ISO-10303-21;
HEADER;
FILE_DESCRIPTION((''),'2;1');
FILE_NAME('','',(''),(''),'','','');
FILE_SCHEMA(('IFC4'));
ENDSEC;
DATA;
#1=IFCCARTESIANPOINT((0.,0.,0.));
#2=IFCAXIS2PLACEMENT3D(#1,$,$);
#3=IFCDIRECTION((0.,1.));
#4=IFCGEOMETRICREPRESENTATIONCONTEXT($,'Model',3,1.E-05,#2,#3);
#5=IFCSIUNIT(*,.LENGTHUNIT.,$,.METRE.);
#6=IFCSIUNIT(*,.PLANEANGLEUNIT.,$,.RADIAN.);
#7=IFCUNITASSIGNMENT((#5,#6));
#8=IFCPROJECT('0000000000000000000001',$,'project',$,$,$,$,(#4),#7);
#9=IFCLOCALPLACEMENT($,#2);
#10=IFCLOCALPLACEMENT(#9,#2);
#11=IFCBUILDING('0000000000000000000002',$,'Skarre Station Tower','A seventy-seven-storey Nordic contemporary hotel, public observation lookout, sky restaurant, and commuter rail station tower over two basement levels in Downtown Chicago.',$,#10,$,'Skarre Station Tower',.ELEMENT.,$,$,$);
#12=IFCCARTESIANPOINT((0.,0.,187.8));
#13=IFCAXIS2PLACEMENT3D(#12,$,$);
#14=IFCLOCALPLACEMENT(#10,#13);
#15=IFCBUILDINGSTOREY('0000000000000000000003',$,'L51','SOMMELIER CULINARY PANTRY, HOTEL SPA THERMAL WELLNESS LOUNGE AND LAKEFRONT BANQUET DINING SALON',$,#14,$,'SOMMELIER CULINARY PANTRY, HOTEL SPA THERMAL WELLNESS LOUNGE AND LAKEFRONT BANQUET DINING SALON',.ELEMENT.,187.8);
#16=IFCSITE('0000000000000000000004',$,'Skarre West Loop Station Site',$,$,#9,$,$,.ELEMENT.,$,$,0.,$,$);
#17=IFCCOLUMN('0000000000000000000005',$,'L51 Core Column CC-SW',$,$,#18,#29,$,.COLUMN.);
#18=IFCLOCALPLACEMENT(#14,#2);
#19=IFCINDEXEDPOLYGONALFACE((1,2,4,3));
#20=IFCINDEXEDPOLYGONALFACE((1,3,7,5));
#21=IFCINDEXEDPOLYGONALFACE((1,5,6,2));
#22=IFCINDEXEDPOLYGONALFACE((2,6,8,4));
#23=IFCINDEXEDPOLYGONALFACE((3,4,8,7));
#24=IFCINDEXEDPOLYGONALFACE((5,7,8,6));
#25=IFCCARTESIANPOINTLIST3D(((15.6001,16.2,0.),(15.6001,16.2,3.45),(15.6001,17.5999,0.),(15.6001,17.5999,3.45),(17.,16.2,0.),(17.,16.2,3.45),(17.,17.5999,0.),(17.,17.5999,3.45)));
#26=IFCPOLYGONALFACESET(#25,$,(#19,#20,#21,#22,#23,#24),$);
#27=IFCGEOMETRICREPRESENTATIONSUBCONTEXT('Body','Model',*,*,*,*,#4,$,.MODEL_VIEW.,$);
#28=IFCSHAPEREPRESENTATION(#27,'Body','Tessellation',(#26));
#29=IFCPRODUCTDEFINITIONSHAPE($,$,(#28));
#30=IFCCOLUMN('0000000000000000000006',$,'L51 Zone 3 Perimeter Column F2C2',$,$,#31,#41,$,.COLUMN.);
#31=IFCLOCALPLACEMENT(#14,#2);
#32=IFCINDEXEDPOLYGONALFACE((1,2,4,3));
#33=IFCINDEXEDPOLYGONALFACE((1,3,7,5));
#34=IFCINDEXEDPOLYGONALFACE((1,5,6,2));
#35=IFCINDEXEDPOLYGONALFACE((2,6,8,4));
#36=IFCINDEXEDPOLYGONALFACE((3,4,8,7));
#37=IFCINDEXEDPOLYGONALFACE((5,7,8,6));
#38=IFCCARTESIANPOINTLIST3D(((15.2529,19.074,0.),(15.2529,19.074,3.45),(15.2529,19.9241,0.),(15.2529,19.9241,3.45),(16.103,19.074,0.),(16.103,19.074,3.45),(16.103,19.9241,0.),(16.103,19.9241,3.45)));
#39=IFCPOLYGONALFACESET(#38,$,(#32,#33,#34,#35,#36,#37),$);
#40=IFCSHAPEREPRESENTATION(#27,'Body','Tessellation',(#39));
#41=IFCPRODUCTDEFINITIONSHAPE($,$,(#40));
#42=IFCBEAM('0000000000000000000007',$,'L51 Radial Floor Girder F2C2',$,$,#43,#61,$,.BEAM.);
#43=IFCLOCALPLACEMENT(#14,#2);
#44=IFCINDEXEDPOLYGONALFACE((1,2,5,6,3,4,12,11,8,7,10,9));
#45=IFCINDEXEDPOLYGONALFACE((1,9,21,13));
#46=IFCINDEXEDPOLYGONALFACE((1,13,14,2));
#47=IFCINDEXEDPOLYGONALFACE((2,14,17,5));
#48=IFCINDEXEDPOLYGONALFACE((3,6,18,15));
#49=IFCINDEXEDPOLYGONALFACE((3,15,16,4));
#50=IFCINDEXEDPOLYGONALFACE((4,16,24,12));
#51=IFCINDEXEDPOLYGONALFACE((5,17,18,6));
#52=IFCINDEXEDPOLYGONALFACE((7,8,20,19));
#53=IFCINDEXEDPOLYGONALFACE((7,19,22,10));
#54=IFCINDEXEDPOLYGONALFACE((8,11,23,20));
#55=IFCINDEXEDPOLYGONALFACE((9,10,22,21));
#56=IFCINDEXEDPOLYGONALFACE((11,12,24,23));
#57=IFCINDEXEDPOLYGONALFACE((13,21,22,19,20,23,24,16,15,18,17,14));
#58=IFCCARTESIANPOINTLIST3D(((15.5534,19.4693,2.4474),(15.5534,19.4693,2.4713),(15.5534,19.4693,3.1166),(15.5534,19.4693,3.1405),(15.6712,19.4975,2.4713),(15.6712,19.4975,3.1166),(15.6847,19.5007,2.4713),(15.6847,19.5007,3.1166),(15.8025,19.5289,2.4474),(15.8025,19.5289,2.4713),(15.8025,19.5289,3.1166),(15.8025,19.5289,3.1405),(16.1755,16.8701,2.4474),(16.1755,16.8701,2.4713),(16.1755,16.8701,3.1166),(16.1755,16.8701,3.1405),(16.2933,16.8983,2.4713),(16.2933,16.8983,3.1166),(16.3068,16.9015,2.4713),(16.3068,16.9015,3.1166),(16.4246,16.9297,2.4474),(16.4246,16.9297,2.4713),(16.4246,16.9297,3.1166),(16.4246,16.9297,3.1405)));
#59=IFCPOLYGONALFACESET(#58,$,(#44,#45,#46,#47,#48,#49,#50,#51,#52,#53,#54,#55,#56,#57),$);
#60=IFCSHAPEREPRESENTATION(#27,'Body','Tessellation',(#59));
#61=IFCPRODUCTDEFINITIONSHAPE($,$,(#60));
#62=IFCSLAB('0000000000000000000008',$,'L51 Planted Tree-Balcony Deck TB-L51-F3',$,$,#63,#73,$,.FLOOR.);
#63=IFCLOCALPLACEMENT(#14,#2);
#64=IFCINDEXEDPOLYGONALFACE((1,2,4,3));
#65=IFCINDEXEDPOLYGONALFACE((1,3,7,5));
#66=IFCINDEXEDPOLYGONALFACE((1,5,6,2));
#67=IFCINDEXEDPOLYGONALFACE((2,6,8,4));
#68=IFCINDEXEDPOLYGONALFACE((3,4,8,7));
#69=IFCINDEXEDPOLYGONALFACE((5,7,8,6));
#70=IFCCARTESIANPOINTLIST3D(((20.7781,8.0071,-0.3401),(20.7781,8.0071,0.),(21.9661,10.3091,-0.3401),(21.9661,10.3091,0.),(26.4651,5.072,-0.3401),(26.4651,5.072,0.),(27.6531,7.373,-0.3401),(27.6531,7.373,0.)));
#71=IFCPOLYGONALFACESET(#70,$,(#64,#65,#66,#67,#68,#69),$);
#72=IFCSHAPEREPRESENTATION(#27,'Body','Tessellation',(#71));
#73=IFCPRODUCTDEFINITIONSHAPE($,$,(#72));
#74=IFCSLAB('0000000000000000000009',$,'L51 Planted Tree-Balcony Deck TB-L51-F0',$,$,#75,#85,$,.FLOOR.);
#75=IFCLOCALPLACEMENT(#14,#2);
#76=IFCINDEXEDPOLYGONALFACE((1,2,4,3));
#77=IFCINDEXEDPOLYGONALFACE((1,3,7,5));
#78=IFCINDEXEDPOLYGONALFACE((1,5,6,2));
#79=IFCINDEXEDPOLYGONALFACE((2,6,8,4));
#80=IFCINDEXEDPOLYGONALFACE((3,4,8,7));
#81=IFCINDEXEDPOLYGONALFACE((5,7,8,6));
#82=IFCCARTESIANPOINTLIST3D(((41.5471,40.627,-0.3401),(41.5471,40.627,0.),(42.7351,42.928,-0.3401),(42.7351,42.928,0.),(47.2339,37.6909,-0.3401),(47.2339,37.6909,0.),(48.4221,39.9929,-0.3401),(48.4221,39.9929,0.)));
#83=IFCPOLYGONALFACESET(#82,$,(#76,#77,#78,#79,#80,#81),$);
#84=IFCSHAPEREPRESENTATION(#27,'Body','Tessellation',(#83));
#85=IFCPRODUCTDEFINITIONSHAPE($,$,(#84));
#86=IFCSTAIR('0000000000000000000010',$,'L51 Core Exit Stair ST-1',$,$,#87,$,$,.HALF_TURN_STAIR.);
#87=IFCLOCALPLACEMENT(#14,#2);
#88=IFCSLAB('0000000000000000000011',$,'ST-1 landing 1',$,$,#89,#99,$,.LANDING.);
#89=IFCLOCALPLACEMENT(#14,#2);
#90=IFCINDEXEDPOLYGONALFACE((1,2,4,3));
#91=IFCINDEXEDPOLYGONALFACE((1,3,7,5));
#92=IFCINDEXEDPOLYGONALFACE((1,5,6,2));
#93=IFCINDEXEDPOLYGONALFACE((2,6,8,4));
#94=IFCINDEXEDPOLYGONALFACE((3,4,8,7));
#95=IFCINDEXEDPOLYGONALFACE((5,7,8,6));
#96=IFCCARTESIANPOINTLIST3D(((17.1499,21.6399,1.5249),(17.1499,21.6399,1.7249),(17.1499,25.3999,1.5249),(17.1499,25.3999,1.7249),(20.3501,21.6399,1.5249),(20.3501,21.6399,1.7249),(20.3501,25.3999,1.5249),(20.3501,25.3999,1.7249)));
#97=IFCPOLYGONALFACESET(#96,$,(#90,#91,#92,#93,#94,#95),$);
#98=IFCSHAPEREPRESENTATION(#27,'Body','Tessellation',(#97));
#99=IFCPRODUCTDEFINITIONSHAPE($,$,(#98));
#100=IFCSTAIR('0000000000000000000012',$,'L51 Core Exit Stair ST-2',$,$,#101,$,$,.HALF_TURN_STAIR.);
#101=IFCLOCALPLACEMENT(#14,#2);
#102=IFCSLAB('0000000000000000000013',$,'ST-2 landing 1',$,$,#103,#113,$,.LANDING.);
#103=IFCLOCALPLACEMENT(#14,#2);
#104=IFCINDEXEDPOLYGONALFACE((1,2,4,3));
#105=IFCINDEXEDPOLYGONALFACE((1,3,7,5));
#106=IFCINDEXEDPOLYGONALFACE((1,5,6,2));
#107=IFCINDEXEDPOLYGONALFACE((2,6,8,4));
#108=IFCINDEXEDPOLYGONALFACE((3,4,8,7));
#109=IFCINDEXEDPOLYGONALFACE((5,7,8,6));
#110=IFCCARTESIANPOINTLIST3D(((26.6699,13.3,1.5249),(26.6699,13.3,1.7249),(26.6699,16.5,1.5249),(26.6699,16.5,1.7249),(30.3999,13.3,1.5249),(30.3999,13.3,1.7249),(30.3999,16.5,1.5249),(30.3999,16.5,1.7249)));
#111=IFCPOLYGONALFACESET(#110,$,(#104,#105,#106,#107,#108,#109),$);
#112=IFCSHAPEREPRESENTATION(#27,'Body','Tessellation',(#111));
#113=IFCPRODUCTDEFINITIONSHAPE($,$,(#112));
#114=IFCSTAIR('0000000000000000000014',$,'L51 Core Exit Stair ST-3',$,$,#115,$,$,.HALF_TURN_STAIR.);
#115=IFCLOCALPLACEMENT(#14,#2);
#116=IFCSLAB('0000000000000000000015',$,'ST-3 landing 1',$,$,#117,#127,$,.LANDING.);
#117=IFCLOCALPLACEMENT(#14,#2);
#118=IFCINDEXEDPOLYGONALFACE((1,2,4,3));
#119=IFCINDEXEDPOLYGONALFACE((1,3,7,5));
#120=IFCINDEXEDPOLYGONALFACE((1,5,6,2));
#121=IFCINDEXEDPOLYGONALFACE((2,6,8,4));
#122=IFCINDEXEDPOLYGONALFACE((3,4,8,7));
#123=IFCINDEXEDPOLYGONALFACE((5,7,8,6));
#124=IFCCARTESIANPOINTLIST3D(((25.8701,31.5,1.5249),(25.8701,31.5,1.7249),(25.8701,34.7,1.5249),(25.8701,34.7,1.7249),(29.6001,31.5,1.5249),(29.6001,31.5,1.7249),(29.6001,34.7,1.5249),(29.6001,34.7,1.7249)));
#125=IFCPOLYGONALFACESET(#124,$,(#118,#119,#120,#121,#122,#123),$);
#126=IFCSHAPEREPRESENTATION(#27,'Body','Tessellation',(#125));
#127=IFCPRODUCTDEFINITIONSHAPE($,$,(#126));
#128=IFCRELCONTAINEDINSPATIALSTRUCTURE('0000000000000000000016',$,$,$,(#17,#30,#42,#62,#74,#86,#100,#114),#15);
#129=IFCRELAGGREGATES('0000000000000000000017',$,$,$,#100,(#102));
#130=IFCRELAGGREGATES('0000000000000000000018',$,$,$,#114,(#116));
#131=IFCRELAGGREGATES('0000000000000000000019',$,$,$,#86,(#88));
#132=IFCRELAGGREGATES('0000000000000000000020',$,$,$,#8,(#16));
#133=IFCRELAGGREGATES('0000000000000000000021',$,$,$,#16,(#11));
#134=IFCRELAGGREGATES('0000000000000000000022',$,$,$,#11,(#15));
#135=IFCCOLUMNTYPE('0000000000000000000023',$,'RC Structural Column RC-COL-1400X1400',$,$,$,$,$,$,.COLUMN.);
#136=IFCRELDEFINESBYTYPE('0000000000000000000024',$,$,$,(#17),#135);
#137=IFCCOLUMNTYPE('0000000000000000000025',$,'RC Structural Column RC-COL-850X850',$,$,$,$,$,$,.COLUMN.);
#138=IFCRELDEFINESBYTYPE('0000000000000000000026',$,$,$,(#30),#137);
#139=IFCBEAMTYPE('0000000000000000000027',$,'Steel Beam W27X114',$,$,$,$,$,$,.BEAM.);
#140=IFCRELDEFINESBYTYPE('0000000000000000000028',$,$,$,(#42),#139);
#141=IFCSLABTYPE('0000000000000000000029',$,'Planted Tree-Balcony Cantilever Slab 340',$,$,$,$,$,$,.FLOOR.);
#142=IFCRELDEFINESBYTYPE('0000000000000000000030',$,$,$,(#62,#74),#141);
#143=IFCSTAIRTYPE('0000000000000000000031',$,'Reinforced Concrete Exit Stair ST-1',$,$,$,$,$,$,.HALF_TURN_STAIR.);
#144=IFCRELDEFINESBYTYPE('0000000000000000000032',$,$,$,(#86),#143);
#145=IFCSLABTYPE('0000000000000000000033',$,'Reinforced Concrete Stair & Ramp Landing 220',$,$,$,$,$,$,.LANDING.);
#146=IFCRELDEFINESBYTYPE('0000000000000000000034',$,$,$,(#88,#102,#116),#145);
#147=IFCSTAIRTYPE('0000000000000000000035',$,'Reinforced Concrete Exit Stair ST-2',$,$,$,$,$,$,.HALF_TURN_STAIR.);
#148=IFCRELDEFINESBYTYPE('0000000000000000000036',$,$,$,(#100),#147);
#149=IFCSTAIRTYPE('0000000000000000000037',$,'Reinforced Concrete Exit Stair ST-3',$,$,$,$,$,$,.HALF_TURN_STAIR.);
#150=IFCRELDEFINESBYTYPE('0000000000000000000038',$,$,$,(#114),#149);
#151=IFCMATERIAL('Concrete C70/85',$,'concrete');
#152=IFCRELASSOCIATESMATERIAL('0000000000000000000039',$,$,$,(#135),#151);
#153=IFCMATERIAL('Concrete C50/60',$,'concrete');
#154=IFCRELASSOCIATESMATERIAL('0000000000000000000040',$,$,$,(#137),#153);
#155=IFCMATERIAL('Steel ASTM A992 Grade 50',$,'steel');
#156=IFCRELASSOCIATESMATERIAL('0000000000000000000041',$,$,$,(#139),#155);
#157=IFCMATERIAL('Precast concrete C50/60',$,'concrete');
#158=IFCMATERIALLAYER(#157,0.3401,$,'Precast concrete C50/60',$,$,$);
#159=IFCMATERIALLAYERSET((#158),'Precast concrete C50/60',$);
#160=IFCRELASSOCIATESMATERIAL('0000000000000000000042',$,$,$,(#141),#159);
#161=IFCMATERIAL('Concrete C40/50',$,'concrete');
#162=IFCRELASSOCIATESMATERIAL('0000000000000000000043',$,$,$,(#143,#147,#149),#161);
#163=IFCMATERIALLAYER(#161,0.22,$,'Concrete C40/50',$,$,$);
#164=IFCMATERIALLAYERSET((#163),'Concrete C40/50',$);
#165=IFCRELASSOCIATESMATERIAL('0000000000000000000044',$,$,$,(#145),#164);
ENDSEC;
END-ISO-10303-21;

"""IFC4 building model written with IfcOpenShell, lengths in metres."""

from ifc_helpers import new_model, si_unit, direction, frame, origin, origin_2d, place, context, subcontext, project, spatial, polyline, rectangle, i_section, outline, extrude, material, layer, layer_set, material_profile, profile_set, type_object, element, aggregate, save


model = new_model("IFC4")

# Units and contexts
model_context = context("Model", 3, precision=1e-05, world=origin(), true_north=direction((0.0, 1.0)))
body_context = subcontext(model_context, "Body", "Model", "MODEL_VIEW")
ifc_project = project(units=[si_unit("LENGTHUNIT", "METRE"), si_unit("PLANEANGLEUNIT", "RADIAN")], contexts=[model_context])

# Site, building, storey
site_placement = place(None, origin())
site = spatial("IfcSite", under=ifc_project, at=site_placement, Name="Skarre West Loop Station Site", CompositionType="ELEMENT", RefElevation=0.0)
building_placement = place(site_placement, origin())
building = spatial("IfcBuilding", under=site, at=building_placement, Name="Skarre Station Tower", Description="A seventy-seven-storey Nordic contemporary hotel, public observation lookout, sky restaurant, and commuter rail station tower over two basement levels in Downtown Chicago.", LongName="Skarre Station Tower", CompositionType="ELEMENT")
storey_placement = place(building_placement, frame((0.0, 0.0, 187.8)))
storey = spatial("IfcBuildingStorey", under=building, at=storey_placement, Name="L51", Description="SOMMELIER CULINARY PANTRY, HOTEL SPA THERMAL WELLNESS LOUNGE AND LAKEFRONT BANQUET DINING SALON", LongName="SOMMELIER CULINARY PANTRY, HOTEL SPA THERMAL WELLNESS LOUNGE AND LAKEFRONT BANQUET DINING SALON", CompositionType="ELEMENT", Elevation=187.8)

# Columns
ifc_material_1 = material(Name="Concrete C70/85", Category="concrete")
ifc_material_profile_1 = material_profile(ifc_material_1, rectangle(XDim=1.3999, YDim=1.3999, at=origin_2d()), Name="Concrete C70/85")
ifc_profile_set_1 = profile_set([ifc_material_profile_1], Name="Concrete C70/85")
column_type_1 = type_object("IfcColumnType", Name="RC Structural Column RC-COL-1400X1400", PredefinedType="COLUMN", material=ifc_profile_set_1)
column_1_placement = place(storey_placement, frame((16.3, 16.8999, 0.0), z_axis=(0.0, 0.0, 1.0), x_axis=(1.0, 0.0, 0.0)))
element("IfcColumn", 1, at=column_1_placement, inside=storey, type_object=column_type_1, Name="L51 Core Column CC-SW", PredefinedType="COLUMN", context=body_context, shape_type="SweptSolid", body=[
    extrude(rectangle(XDim=1.3999, YDim=1.3999, at=origin_2d()), origin(), (0.0, 0.0, 1.0), 3.45),
])
ifc_material_2 = material(Name="Concrete C50/60", Category="concrete")
ifc_material_profile_2 = material_profile(ifc_material_2, rectangle(XDim=0.8501, YDim=0.8501, at=origin_2d()), Name="Concrete C50/60")
ifc_profile_set_2 = profile_set([ifc_material_profile_2], Name="Concrete C50/60")
column_type_2 = type_object("IfcColumnType", Name="RC Structural Column RC-COL-850X850", PredefinedType="COLUMN", material=ifc_profile_set_2)
column_2_placement = place(storey_placement, frame((15.678, 19.499, 0.0), z_axis=(0.0, 0.0, 1.0), x_axis=(1.0, 0.0, 0.0)))
element("IfcColumn", 2, at=column_2_placement, inside=storey, type_object=column_type_2, Name="L51 Zone 3 Perimeter Column F2C2", PredefinedType="COLUMN", context=body_context, shape_type="SweptSolid", body=[
    extrude(rectangle(XDim=0.8501, YDim=0.8501, at=origin_2d()), origin(), (0.0, 0.0, 1.0), 3.45),
])

# Beam
ifc_material_3 = material(Name="Steel ASTM A992 Grade 50", Category="steel")
ifc_material_profile_3 = material_profile(ifc_material_3, i_section(OverallWidth=0.2561, OverallDepth=0.6931, WebThickness=0.0139, FlangeThickness=0.0239, at=origin_2d()), Name="Steel ASTM A992 Grade 50")
ifc_profile_set_3 = profile_set([ifc_material_profile_3], Name="Steel ASTM A992 Grade 50")
beam_type = type_object("IfcBeamType", Name="Steel Beam W27X114", PredefinedType="BEAM", material=ifc_profile_set_3)
beam_placement = place(storey_placement, frame((16.3, 16.8999, 2.7939), z_axis=(-0.232765, 0.972533, 0.0), x_axis=(-0.972533, -0.232765, 0.0)))
element("IfcBeam", 3, at=beam_placement, inside=storey, type_object=beam_type, Name="L51 Radial Floor Girder F2C2", PredefinedType="BEAM", context=body_context, shape_type="SweptSolid", body=[
    extrude(i_section(OverallWidth=0.2561, OverallDepth=0.6931, WebThickness=0.0139, FlangeThickness=0.0239, at=origin_2d()), origin(), (0.0, 0.0, 1.0), 2.6726),
])

# Slabs
ifc_material_4 = material(Name="Precast concrete C50/60", Category="concrete")
ifc_layer_1 = layer(ifc_material_4, 0.3401, Name="Precast concrete C50/60")
ifc_layer_set_1 = layer_set([ifc_layer_1], Name="Precast concrete C50/60")
slab_type_1 = type_object("IfcSlabType", Name="Planted Tree-Balcony Cantilever Slab 340", PredefinedType="FLOOR", material=ifc_layer_set_1)
slab_1_placement = place(storey_placement, frame((0.0, 0.0, -0.3401)))
element("IfcSlab", 4, at=slab_1_placement, inside=storey, type_object=slab_type_1, Name="L51 Planted Tree-Balcony Deck TB-L51-F3", PredefinedType="FLOOR", context=body_context, shape_type="SweptSolid", body=[
    extrude(outline(polyline([(21.9661, 10.3091), (27.6531, 7.373), (26.4651, 5.072), (20.7781, 8.0071), (21.9661, 10.3091)])), origin(), (0.0, 0.0, 1.0), 0.3401),
])
slab_2_placement = place(storey_placement, frame((0.0, 0.0, -0.3401)))
element("IfcSlab", 5, at=slab_2_placement, inside=storey, type_object=slab_type_1, Name="L51 Planted Tree-Balcony Deck TB-L51-F0", PredefinedType="FLOOR", context=body_context, shape_type="SweptSolid", body=[
    extrude(outline(polyline([(47.2339, 37.6909), (41.5471, 40.627), (42.7351, 42.928), (48.4221, 39.9929), (47.2339, 37.6909)])), origin(), (0.0, 0.0, 1.0), 0.3401),
])

# Stairs, slabs
ifc_material_5 = material(Name="Concrete C40/50", Category="concrete")
stair_type_1 = type_object("IfcStairType", Name="Reinforced Concrete Exit Stair ST-1", PredefinedType="HALF_TURN_STAIR", material=ifc_material_5)
stair_1_placement = place(storey_placement, origin())
stair_1 = element("IfcStair", 6, at=stair_1_placement, inside=storey, type_object=stair_type_1, Name="L51 Core Exit Stair ST-1", PredefinedType="HALF_TURN_STAIR")
ifc_layer_2 = layer(ifc_material_5, 0.22, Name="Concrete C40/50")
ifc_layer_set_2 = layer_set([ifc_layer_2], Name="Concrete C40/50")
slab_type_2 = type_object("IfcSlabType", Name="Reinforced Concrete Stair & Ramp Landing 220", PredefinedType="LANDING", material=ifc_layer_set_2)
slab_3_placement = place(storey_placement, frame((0.0, 0.0, 1.5249)))
slab_3 = element("IfcSlab", 7, at=slab_3_placement, type_object=slab_type_2, Name="ST-1 landing 1", PredefinedType="LANDING", context=body_context, shape_type="SweptSolid", body=[
    extrude(outline(polyline([(20.3501, 21.6399), (20.3501, 25.3999), (17.1499, 25.3999), (17.1499, 21.6399), (20.3501, 21.6399)])), origin(), (0.0, 0.0, 1.0), 0.2),
])
stair_type_2 = type_object("IfcStairType", Name="Reinforced Concrete Exit Stair ST-2", PredefinedType="HALF_TURN_STAIR", material=ifc_material_5)
stair_2_placement = place(storey_placement, origin())
stair_2 = element("IfcStair", 8, at=stair_2_placement, inside=storey, type_object=stair_type_2, Name="L51 Core Exit Stair ST-2", PredefinedType="HALF_TURN_STAIR")
slab_4_placement = place(storey_placement, frame((0.0, 0.0, 1.5249)))
slab_4 = element("IfcSlab", 9, at=slab_4_placement, type_object=slab_type_2, Name="ST-2 landing 1", PredefinedType="LANDING", context=body_context, shape_type="SweptSolid", body=[
    extrude(outline(polyline([(26.6699, 13.3), (30.3999, 13.3), (30.3999, 16.5), (26.6699, 16.5), (26.6699, 13.3)])), origin(), (0.0, 0.0, 1.0), 0.2),
])
aggregate(stair_2, [slab_4])
stair_type_3 = type_object("IfcStairType", Name="Reinforced Concrete Exit Stair ST-3", PredefinedType="HALF_TURN_STAIR", material=ifc_material_5)
stair_3_placement = place(storey_placement, origin())
stair_3 = element("IfcStair", 10, at=stair_3_placement, inside=storey, type_object=stair_type_3, Name="L51 Core Exit Stair ST-3", PredefinedType="HALF_TURN_STAIR")
slab_5_placement = place(storey_placement, frame((0.0, 0.0, 1.5249)))
slab_5 = element("IfcSlab", 11, at=slab_5_placement, type_object=slab_type_2, Name="ST-3 landing 1", PredefinedType="LANDING", context=body_context, shape_type="SweptSolid", body=[
    extrude(outline(polyline([(25.8701, 31.5), (29.6001, 31.5), (29.6001, 34.7), (25.8701, 34.7), (25.8701, 31.5)])), origin(), (0.0, 0.0, 1.0), 0.2),
])
aggregate(stair_3, [slab_5])

aggregate(stair_1, [slab_3])

save(model, "model.ifc")
